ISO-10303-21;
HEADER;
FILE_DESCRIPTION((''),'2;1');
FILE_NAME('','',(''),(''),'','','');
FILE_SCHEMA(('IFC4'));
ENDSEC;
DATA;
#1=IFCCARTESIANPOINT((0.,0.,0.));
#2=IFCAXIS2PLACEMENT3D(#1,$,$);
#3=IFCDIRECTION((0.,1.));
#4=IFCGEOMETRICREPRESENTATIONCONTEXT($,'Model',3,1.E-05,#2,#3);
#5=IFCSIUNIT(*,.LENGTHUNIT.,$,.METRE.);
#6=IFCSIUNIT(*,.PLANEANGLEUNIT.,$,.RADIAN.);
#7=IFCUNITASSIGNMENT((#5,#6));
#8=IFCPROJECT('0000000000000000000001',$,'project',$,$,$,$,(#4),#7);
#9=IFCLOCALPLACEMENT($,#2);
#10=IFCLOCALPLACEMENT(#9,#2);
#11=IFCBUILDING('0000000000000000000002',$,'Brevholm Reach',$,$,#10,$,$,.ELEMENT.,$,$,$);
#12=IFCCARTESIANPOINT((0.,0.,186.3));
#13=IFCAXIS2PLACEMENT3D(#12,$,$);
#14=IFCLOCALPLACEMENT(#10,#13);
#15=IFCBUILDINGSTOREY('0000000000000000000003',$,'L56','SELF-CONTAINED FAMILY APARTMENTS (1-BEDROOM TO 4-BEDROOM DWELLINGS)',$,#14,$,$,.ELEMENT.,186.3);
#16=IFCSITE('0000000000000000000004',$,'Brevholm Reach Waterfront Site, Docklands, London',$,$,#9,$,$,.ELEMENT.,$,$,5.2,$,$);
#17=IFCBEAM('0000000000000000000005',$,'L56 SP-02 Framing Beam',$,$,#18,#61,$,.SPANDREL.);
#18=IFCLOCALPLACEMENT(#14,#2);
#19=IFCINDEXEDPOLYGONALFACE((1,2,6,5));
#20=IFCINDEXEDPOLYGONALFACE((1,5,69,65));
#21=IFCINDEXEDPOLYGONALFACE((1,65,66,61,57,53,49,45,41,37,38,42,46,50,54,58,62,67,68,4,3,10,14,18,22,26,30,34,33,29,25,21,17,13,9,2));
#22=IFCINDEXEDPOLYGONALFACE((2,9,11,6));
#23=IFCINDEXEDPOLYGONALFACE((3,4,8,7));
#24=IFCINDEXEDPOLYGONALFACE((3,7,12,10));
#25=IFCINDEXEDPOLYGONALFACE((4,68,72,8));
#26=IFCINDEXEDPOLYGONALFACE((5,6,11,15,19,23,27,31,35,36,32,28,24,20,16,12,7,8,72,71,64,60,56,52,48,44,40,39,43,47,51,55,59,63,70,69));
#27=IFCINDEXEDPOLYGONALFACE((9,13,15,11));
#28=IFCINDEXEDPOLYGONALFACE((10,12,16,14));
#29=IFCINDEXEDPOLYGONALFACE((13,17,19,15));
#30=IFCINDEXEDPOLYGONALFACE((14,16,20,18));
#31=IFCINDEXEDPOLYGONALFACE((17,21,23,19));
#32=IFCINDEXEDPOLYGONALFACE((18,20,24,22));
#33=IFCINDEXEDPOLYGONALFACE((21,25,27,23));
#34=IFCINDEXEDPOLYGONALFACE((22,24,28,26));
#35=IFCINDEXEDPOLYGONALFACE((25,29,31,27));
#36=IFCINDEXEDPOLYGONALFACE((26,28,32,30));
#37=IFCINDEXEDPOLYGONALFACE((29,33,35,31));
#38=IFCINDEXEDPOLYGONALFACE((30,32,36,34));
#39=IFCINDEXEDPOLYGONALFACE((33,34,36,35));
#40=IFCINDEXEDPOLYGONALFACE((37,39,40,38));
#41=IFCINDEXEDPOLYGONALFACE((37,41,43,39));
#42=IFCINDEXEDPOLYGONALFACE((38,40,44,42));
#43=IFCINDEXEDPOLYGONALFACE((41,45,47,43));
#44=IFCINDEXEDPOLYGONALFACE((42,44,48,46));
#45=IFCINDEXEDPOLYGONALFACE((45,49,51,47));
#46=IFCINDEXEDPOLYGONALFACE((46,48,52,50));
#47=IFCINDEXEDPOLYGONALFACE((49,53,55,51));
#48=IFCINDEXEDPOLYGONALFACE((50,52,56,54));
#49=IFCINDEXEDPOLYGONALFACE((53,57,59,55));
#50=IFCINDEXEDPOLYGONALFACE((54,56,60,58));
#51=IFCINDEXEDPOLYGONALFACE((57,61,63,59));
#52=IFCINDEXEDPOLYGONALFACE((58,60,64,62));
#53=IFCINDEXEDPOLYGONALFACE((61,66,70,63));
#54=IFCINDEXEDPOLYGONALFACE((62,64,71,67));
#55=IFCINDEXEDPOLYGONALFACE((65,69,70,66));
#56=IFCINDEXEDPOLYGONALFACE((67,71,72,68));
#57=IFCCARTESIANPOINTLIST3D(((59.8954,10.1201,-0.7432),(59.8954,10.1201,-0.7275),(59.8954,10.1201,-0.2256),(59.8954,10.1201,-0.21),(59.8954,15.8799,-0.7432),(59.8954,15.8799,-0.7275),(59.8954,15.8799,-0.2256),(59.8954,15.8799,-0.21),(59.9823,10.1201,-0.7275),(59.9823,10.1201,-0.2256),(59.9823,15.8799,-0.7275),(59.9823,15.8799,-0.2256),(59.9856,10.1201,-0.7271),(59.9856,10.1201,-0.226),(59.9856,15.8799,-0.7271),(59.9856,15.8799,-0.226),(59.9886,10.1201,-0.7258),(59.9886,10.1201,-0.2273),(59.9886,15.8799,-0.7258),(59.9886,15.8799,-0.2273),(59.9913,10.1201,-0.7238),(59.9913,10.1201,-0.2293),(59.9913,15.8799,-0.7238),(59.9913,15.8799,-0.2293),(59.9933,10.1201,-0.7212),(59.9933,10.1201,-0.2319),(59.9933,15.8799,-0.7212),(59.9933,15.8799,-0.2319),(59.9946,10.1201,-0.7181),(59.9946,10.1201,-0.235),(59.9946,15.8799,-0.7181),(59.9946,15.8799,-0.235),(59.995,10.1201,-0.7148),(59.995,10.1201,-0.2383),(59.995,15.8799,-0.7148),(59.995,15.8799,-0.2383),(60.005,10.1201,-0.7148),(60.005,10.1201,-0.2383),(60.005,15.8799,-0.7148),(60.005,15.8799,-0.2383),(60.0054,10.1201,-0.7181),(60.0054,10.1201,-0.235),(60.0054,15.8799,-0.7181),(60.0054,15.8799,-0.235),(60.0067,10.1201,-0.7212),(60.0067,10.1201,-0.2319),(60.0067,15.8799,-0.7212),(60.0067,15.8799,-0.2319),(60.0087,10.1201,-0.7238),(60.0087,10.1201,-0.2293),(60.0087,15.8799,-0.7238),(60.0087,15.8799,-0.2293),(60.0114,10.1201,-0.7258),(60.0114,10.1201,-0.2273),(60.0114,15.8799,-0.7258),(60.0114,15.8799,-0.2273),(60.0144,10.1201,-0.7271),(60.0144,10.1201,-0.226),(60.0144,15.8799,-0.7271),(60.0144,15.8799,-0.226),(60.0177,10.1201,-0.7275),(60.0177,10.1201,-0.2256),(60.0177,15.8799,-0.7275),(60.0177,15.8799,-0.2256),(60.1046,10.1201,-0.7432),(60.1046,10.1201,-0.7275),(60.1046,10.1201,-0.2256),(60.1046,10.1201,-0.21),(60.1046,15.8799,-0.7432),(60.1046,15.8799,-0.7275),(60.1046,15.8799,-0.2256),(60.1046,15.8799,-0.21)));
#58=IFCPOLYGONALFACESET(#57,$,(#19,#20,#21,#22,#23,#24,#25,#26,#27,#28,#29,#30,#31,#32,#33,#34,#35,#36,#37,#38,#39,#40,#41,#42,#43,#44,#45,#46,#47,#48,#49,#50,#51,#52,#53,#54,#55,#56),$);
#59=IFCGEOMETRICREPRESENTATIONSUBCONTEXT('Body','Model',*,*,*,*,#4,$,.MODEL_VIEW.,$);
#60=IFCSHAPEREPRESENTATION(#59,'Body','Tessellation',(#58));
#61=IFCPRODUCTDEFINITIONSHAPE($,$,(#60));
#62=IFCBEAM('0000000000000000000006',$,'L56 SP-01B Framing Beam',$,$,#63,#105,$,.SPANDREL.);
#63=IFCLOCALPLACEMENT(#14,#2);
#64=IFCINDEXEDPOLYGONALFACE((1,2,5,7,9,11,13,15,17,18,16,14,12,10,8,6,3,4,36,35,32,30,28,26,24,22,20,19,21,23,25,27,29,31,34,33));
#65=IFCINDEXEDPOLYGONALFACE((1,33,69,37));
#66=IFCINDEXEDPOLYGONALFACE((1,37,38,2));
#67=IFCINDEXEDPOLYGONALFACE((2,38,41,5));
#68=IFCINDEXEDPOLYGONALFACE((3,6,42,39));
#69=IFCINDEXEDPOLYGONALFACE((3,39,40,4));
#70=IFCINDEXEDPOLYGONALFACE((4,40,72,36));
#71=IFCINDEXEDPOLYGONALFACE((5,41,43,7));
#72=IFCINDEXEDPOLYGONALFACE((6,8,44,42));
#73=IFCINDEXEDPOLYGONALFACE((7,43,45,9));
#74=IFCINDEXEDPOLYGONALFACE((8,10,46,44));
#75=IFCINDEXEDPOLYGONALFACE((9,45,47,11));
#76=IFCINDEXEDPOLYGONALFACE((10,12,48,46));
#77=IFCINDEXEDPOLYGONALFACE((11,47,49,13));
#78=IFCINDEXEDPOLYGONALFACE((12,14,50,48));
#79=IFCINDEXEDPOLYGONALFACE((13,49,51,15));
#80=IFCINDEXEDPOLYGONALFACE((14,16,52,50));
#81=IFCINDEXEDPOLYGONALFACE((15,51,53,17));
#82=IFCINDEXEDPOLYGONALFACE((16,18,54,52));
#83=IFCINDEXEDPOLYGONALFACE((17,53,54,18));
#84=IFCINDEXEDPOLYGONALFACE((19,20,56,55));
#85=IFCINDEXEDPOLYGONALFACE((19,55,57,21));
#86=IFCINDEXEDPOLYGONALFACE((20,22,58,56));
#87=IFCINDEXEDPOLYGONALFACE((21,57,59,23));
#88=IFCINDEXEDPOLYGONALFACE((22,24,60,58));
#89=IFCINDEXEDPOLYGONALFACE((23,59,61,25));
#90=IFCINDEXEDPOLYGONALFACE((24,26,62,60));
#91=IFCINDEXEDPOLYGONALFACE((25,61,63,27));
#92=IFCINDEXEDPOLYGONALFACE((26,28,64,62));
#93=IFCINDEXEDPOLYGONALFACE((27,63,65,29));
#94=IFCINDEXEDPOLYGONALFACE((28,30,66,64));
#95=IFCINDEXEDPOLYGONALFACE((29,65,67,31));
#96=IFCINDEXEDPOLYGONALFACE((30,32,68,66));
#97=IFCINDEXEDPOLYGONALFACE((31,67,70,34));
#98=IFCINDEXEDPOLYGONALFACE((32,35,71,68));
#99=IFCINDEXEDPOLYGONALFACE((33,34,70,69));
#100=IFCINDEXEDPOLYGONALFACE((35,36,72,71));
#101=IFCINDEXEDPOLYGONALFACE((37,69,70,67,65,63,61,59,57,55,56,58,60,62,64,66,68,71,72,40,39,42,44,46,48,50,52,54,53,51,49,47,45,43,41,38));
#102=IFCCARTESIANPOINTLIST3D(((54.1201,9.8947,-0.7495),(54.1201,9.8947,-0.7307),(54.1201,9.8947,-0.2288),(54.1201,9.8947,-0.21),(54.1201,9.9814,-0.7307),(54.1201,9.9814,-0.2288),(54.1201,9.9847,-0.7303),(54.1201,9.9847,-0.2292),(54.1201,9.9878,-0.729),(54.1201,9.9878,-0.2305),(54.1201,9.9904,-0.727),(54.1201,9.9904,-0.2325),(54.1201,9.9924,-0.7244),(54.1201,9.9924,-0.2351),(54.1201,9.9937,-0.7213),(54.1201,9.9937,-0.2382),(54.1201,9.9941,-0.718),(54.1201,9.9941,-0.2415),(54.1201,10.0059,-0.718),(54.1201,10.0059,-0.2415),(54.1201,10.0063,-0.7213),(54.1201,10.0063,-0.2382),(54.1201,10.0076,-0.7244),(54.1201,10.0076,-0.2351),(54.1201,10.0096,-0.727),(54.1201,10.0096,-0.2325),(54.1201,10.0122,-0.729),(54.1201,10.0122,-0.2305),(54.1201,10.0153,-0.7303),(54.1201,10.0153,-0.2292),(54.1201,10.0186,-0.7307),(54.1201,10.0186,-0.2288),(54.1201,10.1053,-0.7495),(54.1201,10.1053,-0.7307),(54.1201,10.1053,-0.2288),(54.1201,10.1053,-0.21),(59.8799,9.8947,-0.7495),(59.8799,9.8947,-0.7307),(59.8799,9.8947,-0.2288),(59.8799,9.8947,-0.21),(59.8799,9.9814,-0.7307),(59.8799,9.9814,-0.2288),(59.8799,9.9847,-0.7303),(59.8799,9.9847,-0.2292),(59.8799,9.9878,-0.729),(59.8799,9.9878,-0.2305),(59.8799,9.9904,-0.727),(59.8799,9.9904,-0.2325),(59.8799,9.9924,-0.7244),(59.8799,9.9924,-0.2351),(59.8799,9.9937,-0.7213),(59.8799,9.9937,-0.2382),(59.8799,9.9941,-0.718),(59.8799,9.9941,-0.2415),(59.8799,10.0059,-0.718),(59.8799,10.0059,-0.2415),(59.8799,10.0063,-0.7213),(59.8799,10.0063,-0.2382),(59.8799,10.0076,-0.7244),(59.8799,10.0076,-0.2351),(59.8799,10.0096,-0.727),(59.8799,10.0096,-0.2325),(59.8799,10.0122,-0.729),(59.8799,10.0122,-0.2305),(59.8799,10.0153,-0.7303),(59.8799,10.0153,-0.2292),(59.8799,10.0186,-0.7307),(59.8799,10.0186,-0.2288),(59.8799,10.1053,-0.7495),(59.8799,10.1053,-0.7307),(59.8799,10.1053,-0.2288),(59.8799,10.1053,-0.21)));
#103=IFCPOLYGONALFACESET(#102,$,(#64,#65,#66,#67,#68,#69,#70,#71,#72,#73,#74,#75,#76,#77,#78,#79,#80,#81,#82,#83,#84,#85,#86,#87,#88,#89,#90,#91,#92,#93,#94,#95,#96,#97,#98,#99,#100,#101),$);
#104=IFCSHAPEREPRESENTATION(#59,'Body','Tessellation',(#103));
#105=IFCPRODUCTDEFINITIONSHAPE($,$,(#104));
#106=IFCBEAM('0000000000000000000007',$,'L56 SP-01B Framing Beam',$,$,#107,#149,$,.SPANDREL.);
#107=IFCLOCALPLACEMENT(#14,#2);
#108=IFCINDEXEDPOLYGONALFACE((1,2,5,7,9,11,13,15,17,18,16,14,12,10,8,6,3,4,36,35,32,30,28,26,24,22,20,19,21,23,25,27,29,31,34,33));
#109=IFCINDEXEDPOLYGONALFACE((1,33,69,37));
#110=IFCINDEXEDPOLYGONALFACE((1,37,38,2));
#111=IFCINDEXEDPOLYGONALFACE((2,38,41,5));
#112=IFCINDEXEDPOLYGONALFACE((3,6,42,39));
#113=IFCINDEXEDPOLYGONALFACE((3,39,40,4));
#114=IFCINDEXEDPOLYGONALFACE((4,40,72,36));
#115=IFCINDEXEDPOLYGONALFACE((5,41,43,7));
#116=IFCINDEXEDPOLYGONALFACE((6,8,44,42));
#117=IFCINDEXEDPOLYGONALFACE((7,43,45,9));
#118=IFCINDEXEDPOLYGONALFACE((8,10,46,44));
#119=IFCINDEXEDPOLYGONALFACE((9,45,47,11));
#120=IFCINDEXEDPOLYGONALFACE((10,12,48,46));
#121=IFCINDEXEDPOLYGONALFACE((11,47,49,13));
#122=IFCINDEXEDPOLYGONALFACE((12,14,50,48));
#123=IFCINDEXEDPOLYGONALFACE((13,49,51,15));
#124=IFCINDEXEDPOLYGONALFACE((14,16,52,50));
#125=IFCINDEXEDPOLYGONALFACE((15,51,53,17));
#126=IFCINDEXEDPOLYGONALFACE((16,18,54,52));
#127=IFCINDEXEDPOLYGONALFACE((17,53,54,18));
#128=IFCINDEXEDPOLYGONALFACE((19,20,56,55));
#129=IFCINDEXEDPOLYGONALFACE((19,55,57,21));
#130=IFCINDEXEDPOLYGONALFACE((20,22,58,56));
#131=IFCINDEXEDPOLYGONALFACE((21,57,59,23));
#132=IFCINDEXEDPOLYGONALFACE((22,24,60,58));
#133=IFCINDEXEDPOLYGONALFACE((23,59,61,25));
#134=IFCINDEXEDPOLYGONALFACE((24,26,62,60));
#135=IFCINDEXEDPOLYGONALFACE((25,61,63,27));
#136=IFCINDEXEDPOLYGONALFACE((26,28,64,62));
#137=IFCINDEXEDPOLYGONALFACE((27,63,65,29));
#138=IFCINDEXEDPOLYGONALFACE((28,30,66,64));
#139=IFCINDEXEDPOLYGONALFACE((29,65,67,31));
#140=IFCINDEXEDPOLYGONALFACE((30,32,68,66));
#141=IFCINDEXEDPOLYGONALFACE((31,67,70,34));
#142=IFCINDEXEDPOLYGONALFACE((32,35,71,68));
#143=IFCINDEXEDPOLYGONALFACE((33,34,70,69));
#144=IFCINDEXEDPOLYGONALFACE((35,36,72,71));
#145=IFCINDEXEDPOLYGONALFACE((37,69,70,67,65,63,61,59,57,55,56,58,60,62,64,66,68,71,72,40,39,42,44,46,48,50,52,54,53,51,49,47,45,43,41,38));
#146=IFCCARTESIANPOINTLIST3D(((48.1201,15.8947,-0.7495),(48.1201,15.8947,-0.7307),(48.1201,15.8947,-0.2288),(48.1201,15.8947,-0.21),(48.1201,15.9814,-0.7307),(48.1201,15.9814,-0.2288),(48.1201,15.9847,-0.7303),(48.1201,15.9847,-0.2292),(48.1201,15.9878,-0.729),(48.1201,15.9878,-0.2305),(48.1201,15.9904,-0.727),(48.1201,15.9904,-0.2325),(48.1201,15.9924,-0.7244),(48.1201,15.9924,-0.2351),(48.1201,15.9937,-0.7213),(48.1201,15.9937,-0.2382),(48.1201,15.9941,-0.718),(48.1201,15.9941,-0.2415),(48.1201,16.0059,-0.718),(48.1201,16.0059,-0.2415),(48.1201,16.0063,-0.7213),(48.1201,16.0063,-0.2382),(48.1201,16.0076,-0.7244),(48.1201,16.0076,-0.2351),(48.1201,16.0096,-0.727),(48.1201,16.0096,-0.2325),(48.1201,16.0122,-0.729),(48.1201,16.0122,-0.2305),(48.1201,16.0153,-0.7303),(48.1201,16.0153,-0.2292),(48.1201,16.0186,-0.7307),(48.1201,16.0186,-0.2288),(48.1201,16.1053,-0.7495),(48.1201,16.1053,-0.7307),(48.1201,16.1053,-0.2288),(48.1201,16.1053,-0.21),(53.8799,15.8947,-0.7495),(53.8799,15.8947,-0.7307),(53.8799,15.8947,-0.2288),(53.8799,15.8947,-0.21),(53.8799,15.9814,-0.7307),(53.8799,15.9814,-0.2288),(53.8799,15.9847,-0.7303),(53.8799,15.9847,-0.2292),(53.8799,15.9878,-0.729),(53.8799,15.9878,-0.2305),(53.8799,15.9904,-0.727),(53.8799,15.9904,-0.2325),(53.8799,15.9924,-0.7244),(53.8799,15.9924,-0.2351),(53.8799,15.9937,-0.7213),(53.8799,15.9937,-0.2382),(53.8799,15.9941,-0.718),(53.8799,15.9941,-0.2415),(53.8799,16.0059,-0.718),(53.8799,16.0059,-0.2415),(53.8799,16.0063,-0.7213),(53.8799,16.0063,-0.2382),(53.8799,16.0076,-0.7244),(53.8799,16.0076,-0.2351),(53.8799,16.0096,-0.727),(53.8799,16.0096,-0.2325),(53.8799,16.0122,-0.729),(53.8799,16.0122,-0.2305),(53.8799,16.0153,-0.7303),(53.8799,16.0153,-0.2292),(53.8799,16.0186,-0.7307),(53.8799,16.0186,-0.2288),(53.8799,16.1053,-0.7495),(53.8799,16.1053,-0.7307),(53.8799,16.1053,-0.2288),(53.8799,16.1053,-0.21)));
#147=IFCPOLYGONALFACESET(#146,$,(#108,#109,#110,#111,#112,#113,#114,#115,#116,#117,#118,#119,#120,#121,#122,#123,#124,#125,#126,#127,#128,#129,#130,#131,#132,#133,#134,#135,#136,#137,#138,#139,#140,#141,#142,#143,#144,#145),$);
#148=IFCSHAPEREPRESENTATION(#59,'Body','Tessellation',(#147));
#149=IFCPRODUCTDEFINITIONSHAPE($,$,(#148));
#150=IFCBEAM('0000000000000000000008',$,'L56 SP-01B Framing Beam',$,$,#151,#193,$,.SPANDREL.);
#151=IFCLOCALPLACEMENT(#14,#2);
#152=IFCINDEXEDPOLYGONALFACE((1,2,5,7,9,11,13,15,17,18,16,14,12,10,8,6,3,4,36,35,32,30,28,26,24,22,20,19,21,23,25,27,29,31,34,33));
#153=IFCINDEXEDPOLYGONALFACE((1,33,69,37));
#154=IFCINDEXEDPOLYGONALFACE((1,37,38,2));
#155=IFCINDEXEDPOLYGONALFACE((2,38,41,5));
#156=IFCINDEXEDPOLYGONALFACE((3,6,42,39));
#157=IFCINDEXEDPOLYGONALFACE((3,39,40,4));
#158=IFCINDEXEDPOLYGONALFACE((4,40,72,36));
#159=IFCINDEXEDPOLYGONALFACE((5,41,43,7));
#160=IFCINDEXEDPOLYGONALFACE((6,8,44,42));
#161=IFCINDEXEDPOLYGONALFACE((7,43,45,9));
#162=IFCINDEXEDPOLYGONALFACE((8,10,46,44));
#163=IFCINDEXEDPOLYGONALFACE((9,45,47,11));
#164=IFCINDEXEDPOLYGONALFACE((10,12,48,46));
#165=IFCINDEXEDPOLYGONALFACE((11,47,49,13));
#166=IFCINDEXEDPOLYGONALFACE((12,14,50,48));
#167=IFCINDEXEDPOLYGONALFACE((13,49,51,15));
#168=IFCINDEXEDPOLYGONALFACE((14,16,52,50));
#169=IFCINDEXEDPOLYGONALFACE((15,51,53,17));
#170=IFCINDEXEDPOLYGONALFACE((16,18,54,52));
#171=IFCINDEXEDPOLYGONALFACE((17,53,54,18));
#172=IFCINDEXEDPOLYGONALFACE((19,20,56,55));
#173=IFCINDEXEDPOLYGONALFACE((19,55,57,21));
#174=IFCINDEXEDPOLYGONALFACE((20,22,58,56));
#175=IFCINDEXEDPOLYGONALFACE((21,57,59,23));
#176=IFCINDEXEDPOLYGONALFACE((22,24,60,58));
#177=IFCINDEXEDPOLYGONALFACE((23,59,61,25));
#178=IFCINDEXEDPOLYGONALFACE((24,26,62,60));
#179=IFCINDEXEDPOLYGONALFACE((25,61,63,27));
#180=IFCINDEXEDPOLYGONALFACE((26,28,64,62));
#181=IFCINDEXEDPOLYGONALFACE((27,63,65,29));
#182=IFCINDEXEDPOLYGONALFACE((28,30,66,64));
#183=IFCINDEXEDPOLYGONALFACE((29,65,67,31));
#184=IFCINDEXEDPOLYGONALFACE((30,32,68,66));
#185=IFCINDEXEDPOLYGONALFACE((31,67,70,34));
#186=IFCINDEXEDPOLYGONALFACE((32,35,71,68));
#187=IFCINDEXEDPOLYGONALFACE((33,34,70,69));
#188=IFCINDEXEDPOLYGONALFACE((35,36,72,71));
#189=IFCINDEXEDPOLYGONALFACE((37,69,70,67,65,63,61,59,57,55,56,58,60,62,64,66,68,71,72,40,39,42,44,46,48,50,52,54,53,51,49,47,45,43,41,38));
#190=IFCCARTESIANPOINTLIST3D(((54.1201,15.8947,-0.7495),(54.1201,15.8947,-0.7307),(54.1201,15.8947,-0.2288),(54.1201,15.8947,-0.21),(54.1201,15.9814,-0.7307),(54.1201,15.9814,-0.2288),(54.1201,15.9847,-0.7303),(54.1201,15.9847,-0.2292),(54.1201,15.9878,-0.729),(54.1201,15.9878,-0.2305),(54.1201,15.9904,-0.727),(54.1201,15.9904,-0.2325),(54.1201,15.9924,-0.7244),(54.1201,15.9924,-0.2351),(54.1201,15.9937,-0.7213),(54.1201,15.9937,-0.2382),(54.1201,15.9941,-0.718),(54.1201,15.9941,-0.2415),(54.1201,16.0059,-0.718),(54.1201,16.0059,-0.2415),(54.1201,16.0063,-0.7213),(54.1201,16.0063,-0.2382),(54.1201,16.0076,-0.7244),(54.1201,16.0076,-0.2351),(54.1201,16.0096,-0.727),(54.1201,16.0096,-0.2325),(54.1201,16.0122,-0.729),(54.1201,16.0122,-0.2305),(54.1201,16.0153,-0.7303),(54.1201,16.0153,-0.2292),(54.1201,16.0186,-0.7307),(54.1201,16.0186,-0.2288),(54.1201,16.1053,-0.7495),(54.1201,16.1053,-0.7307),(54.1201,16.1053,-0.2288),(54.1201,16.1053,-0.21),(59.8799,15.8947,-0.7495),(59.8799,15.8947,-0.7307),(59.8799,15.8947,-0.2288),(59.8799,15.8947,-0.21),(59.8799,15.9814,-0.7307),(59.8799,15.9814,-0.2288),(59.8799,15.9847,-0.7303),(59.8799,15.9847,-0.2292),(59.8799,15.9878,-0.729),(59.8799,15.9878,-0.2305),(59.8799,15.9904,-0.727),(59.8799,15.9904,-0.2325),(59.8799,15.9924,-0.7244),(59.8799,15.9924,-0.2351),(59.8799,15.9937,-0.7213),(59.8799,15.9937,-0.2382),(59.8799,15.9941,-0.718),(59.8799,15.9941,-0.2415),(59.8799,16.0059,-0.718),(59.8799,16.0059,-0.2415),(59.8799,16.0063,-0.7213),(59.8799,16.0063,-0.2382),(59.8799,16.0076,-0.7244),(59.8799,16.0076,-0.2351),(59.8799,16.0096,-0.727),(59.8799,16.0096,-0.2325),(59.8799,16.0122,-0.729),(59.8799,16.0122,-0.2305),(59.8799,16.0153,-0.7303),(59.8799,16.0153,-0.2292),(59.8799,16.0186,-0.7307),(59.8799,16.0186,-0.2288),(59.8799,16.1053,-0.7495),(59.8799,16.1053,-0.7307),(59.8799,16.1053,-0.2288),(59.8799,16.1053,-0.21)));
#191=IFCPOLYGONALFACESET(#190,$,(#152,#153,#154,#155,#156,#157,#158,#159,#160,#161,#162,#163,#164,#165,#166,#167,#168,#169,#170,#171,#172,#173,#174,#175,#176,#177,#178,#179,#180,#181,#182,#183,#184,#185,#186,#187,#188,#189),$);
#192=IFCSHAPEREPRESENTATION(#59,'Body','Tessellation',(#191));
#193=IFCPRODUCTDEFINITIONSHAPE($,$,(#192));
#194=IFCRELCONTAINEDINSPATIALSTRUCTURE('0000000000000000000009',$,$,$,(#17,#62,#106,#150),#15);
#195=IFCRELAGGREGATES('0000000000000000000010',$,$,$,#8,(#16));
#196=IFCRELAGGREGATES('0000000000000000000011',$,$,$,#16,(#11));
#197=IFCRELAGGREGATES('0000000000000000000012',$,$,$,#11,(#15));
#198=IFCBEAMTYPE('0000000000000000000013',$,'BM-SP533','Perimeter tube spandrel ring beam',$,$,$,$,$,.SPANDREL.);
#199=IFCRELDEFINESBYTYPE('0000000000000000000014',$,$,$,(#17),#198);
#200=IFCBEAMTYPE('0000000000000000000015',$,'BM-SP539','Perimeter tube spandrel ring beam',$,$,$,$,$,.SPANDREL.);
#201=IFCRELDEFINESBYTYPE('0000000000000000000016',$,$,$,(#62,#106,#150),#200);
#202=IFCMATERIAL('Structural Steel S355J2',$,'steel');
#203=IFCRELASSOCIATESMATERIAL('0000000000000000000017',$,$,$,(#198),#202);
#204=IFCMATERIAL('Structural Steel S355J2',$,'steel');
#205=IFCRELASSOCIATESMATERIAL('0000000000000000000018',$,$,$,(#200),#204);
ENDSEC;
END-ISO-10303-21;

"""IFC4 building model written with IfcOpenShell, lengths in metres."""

from ifc_helpers import new_model, si_unit, direction, frame, origin, origin_2d, place, context, subcontext, project, spatial, i_section, extrude, material, material_profile, profile_set, type_object, element, save


model = new_model("IFC4")

# Units and contexts
model_context = context("Model", 3, precision=1e-05, world=origin(), true_north=direction((0.0, 1.0)))
body_context = subcontext(model_context, "Body", "Model", "MODEL_VIEW")
ifc_project = project(units=[si_unit("LENGTHUNIT", "METRE"), si_unit("PLANEANGLEUNIT", "RADIAN")], contexts=[model_context])

# Site, building, storey
site_placement = place(None, origin())
site = spatial("IfcSite", under=ifc_project, at=site_placement, Name="Brevholm Reach Waterfront Site, Docklands, London", CompositionType="ELEMENT", RefElevation=5.2)
building_placement = place(site_placement, origin())
building = spatial("IfcBuilding", under=site, at=building_placement, Name="Brevholm Reach", CompositionType="ELEMENT")
storey_placement = place(building_placement, frame((0.0, 0.0, 186.3)))
storey = spatial("IfcBuildingStorey", under=building, at=storey_placement, Name="L56", Description="SELF-CONTAINED FAMILY APARTMENTS (1-BEDROOM TO 4-BEDROOM DWELLINGS)", CompositionType="ELEMENT", Elevation=186.3)

# Beams
ifc_material_1 = material(Name="Structural Steel S355J2", Category="steel")
ifc_material_profile_1 = material_profile(ifc_material_1, i_section(OverallWidth=0.2092, OverallDepth=0.5332, WebThickness=0.01, FlangeThickness=0.0156, FilletRadius=0.0127, at=origin_2d()), Name="UKB 533x210x92")
ifc_profile_set_1 = profile_set([ifc_material_profile_1], Name="Structural Steel S355J2")
beam_type_1 = type_object("IfcBeamType", Name="BM-SP533", Description="Perimeter tube spandrel ring beam", PredefinedType="SPANDREL", material=ifc_profile_set_1)
beam_placement = place(storey_placement, frame((60.0, 10.1201, -0.4766), z_axis=(0.0, 1.0, 0.0), x_axis=(-1.0, 0.0, 0.0)))
element("IfcBeam", 1, at=beam_placement, inside=storey, type_object=beam_type_1, Name="L56 SP-02 Framing Beam", PredefinedType="SPANDREL", context=body_context, shape_type="SweptSolid", body=[
    extrude(i_section(OverallWidth=0.2092, OverallDepth=0.5332, WebThickness=0.01, FlangeThickness=0.0156, FilletRadius=0.0127, at=origin_2d()), origin(), (0.0, 0.0, 1.0), 5.7598),
])
ifc_material_2 = material(Name="Structural Steel S355J2", Category="steel")
ifc_material_profile_2 = material_profile(ifc_material_2, i_section(OverallWidth=0.2107, OverallDepth=0.5396, WebThickness=0.0117, FlangeThickness=0.0188, FilletRadius=0.0127, at=origin_2d()), Name="UKB 533x210x109")
ifc_profile_set_2 = profile_set([ifc_material_profile_2], Name="Structural Steel S355J2")
beam_type_2 = type_object("IfcBeamType", Name="BM-SP539", Description="Perimeter tube spandrel ring beam", PredefinedType="SPANDREL", material=ifc_profile_set_2)
for number, where, z_axis, x_axis, name in (
    (2, (54.1201, 10.0, -0.4797), (1.0, 0.0, 0.0), (0.0, 1.0, 0.0), "L56 SP-01B Framing Beam"),
    (3, (48.1201, 16.0, -0.4797), (1.0, 0.0, 0.0), (0.0, 1.0, 0.0), "L56 SP-01B Framing Beam"),
    (4, (54.1201, 16.0, -0.4797), (1.0, 0.0, 0.0), (0.0, 1.0, 0.0), "L56 SP-01B Framing Beam"),
):
    element("IfcBeam", number, at=place(storey_placement, frame(where, z_axis=z_axis, x_axis=x_axis)), inside=storey, type_object=beam_type_2, Name=name, PredefinedType="SPANDREL", context=body_context, shape_type="SweptSolid", body=[
        extrude(i_section(OverallWidth=0.2107, OverallDepth=0.5396, WebThickness=0.0117, FlangeThickness=0.0188, FilletRadius=0.0127, at=origin_2d()), origin(), (0.0, 0.0, 1.0), 5.7598),
    ])

save(model, "model.ifc")
